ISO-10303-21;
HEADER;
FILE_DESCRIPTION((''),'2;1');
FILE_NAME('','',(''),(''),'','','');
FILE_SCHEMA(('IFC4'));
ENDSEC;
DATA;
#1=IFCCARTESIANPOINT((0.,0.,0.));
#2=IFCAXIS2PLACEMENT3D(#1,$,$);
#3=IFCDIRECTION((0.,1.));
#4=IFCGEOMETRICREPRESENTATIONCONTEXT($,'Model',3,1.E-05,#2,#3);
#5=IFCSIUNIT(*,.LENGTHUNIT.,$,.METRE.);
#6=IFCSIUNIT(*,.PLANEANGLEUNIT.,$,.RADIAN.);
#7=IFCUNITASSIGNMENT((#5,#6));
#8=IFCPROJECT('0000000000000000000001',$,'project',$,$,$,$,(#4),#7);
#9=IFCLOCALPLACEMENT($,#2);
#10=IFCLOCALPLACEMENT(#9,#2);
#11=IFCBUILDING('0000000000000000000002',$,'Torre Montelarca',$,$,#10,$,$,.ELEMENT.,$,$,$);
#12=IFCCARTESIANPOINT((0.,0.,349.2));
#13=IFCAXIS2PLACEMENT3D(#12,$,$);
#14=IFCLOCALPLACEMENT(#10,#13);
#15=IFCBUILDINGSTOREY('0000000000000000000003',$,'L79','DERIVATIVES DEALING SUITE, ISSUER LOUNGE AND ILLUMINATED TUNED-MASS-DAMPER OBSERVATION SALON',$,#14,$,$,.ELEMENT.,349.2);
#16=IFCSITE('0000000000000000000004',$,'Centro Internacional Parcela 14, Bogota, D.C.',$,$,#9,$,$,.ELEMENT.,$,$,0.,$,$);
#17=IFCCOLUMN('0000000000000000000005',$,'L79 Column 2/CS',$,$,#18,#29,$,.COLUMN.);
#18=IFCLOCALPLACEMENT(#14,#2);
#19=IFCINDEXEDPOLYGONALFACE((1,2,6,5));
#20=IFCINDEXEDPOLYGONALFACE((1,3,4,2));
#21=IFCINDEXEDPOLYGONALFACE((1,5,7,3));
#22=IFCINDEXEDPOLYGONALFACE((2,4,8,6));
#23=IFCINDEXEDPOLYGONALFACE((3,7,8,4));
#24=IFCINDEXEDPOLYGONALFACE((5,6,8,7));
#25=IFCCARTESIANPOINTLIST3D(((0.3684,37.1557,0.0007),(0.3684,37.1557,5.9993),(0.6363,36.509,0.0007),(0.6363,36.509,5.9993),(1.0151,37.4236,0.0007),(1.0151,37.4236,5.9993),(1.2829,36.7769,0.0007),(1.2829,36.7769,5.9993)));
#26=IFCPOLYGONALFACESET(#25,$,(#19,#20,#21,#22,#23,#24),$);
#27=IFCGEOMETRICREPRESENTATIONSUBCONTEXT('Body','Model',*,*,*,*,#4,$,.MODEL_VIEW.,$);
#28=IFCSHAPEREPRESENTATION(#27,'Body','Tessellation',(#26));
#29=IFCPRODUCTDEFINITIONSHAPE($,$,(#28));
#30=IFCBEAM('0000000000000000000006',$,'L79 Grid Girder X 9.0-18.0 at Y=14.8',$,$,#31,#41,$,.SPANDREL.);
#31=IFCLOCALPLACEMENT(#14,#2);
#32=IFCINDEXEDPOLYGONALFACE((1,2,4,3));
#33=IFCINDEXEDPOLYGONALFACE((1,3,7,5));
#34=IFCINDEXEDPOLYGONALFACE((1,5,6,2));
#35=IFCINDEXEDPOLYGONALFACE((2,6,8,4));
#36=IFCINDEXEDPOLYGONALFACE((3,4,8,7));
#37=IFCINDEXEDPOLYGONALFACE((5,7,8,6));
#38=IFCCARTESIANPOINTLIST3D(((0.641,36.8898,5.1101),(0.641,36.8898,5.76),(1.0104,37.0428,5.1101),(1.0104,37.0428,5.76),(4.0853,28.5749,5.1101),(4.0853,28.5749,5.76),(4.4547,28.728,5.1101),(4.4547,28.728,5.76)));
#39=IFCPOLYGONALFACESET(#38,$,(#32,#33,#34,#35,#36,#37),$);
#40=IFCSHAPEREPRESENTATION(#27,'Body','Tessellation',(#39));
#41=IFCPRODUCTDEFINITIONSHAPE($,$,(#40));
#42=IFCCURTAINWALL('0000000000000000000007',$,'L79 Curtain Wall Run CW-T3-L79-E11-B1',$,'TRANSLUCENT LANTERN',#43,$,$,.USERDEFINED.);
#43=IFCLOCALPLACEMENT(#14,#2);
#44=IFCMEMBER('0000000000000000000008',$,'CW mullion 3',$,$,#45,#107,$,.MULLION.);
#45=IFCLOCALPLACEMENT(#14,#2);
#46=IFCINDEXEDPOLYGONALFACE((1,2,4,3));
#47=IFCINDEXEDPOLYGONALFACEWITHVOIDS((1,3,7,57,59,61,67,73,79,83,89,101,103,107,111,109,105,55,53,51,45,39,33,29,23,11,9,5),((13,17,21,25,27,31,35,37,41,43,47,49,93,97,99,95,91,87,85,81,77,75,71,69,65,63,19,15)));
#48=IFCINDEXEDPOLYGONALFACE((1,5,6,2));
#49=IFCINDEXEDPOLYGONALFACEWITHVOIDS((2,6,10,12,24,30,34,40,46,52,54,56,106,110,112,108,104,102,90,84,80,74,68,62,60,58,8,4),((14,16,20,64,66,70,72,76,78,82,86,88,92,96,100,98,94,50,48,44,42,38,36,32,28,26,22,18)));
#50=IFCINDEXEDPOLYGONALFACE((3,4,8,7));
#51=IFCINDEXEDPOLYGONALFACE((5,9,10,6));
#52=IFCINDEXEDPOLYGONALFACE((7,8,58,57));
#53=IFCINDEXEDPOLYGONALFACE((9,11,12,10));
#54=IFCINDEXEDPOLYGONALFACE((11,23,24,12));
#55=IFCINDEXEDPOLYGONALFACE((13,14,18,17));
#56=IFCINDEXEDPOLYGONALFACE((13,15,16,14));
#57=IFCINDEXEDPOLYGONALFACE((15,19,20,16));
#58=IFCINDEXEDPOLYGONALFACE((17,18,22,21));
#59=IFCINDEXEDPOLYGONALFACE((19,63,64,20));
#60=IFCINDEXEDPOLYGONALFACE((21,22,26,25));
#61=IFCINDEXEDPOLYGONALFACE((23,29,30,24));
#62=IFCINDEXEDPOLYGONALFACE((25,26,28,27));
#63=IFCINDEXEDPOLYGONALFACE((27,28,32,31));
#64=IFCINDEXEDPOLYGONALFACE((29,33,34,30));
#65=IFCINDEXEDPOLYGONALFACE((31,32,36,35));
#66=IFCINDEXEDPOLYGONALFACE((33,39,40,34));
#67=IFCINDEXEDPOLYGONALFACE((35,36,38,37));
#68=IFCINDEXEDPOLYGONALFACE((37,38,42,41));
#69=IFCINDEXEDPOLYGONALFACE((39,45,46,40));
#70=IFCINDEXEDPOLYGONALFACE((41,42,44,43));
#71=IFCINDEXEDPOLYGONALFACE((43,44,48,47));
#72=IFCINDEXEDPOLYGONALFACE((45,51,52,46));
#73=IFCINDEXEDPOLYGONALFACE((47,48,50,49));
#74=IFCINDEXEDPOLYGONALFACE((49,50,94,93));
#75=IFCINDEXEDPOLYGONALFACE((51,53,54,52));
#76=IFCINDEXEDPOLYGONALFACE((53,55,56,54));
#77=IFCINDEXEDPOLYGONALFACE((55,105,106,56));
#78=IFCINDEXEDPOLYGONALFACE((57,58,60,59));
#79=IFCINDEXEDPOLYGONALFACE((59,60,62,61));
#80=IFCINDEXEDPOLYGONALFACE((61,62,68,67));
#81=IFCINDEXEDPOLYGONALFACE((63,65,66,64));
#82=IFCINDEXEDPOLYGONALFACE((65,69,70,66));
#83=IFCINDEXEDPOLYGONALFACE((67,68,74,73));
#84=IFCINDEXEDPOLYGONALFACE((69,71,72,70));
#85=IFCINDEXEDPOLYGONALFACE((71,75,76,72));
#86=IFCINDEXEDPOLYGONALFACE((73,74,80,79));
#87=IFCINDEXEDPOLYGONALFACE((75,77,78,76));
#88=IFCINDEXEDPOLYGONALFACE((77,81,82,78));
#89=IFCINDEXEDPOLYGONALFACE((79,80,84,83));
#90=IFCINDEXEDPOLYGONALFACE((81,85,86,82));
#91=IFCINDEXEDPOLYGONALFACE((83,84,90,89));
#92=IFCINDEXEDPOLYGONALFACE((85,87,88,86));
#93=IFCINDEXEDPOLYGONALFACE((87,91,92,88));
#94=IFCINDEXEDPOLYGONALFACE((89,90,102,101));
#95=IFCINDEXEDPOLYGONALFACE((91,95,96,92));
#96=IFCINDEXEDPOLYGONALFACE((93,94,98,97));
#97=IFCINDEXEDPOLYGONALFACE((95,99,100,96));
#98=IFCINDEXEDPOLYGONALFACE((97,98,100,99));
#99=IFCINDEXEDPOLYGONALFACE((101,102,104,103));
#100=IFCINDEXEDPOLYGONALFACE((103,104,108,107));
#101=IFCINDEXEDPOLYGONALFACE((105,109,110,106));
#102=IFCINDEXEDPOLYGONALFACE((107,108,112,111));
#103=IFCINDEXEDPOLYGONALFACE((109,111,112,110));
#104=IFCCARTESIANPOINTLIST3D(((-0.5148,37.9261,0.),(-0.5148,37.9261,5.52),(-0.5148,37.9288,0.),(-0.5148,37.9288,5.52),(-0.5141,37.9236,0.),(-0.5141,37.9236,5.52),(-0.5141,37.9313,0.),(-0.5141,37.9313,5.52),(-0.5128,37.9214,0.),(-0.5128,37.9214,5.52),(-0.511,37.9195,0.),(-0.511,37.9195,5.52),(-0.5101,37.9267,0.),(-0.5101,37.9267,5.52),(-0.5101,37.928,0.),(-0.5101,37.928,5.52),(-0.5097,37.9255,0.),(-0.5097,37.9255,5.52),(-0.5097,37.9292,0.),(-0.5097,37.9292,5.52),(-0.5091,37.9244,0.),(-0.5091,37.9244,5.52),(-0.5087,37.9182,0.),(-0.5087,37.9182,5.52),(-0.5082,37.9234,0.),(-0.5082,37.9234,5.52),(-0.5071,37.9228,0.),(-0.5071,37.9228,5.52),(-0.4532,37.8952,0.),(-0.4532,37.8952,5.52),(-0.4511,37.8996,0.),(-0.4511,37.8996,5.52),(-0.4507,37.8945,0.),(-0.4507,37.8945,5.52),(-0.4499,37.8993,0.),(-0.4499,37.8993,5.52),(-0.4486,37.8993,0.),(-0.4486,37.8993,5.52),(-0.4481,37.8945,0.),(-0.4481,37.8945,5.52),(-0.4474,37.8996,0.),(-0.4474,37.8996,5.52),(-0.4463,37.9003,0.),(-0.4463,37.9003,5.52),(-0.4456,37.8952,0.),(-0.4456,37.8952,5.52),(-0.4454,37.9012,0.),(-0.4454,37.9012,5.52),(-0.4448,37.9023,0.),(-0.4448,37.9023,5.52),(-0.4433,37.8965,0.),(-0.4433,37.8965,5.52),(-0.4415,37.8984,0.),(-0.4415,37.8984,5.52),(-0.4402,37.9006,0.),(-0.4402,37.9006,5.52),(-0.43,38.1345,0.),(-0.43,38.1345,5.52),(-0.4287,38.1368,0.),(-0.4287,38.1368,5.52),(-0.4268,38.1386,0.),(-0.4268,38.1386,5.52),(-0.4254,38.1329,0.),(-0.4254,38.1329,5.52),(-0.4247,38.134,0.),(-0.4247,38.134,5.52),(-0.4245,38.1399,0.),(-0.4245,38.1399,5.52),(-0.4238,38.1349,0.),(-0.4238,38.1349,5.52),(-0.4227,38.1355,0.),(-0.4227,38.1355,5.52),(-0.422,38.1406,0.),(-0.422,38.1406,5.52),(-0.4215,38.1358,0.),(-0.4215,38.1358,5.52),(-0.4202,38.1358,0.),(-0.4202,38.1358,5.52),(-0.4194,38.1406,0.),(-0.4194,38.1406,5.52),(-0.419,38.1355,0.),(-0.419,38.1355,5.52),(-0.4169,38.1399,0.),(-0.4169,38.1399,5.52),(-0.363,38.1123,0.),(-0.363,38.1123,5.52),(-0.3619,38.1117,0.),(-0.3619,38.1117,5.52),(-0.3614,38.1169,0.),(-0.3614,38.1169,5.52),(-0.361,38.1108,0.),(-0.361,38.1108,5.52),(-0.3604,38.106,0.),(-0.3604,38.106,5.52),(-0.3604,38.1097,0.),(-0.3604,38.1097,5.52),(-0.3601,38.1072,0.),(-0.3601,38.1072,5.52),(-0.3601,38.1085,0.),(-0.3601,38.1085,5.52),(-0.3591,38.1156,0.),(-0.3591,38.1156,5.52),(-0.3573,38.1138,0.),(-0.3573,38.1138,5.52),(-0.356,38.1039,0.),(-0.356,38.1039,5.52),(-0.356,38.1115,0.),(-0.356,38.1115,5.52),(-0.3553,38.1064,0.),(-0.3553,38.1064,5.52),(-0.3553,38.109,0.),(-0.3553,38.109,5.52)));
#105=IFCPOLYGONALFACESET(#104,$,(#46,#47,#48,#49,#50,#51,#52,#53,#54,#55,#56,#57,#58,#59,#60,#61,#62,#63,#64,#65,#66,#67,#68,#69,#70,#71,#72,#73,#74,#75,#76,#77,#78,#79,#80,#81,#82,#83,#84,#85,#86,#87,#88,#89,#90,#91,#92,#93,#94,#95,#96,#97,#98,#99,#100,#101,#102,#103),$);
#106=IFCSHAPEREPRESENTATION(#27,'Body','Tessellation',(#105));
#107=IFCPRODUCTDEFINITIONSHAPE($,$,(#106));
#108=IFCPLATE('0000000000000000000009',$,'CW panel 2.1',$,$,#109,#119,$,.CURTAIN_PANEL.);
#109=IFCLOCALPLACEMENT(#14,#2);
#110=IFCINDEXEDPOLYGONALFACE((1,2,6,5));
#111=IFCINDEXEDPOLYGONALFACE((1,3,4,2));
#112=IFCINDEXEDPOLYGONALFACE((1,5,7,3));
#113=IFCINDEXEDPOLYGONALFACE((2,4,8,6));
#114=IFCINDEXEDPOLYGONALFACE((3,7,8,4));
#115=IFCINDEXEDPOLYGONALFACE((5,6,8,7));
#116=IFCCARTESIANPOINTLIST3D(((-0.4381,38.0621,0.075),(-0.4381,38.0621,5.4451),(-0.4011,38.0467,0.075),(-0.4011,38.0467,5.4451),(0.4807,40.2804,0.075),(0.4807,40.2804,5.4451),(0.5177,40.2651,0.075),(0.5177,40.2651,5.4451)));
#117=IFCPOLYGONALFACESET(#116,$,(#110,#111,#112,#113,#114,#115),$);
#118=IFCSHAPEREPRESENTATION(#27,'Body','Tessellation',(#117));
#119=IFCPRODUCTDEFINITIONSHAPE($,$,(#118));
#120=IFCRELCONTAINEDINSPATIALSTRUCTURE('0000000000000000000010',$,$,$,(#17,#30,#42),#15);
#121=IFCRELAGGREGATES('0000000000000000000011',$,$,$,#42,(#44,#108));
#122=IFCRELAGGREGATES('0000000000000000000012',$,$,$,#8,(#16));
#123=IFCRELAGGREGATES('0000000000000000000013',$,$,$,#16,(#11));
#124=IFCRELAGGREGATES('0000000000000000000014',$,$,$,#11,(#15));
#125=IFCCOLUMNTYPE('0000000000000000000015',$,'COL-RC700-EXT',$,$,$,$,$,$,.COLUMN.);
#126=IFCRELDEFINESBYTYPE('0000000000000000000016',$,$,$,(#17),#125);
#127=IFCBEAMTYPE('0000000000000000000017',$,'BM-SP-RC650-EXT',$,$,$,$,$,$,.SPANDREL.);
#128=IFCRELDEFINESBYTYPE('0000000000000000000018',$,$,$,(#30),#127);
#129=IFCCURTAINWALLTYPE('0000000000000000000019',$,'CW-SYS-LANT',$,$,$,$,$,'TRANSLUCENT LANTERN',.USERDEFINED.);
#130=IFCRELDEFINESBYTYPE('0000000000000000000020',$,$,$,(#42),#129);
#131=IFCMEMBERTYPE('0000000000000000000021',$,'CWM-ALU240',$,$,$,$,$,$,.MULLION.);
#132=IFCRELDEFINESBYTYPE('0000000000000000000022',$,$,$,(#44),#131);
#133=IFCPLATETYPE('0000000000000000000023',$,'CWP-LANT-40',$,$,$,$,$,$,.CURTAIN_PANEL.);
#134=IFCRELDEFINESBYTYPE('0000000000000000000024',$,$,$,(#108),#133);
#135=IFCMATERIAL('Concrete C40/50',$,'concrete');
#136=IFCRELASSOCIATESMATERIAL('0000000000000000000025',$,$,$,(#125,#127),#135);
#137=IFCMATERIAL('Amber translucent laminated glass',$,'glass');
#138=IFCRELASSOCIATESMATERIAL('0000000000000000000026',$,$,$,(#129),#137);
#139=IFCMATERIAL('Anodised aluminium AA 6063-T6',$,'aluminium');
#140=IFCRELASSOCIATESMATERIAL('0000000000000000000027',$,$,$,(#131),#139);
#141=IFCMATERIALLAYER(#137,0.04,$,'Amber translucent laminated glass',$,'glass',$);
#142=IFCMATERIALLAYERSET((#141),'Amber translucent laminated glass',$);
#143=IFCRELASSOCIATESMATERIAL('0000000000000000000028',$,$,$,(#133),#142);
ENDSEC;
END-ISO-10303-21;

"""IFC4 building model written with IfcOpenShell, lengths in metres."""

from ifc_helpers import new_model, si_unit, direction, frame, origin, origin_2d, place, context, subcontext, project, spatial, rectangle, hollow_rectangle, extrude, source, transform, mapped, material, layer, layer_set, material_profile, profile_set, type_object, element, aggregate, save


model = new_model("IFC4")

# Units and contexts
model_context = context("Model", 3, precision=1e-05, world=origin(), true_north=direction((0.0, 1.0)))
body_context = subcontext(model_context, "Body", "Model", "MODEL_VIEW")
ifc_project = project(units=[si_unit("LENGTHUNIT", "METRE"), si_unit("PLANEANGLEUNIT", "RADIAN")], contexts=[model_context])

# Site, building, storey
site_placement = place(None, origin())
site = spatial("IfcSite", under=ifc_project, at=site_placement, Name="Centro Internacional Parcela 14, Bogota, D.C.", CompositionType="ELEMENT", RefElevation=0.0)
building_placement = place(site_placement, origin())
building = spatial("IfcBuilding", under=site, at=building_placement, Name="Torre Montelarca", CompositionType="ELEMENT")
storey_placement = place(building_placement, frame((0.0, 0.0, 349.2)))
storey = spatial("IfcBuildingStorey", under=building, at=storey_placement, Name="L79", Description="DERIVATIVES DEALING SUITE, ISSUER LOUNGE AND ILLUMINATED TUNED-MASS-DAMPER OBSERVATION SALON", CompositionType="ELEMENT", Elevation=349.2)

# Column
ifc_material_1 = material(Name="Concrete C40/50", Category="concrete")
ifc_material_profile_1 = material_profile(ifc_material_1, rectangle(XDim=0.7, YDim=0.7, at=origin_2d()), Name="RC700X700", Category="concrete")
ifc_profile_set_1 = profile_set([ifc_material_profile_1], Name="Concrete C40/50")
column_type = type_object("IfcColumnType", Name="COL-RC700-EXT", PredefinedType="COLUMN", material=ifc_profile_set_1)
shared_shape_1 = source(origin(), body_context, "Body", "SweptSolid", [
    extrude(rectangle(XDim=0.7, YDim=0.7, at=origin_2d()), origin(), (0.0, 0.0, 1.0), 5.9985),
])
column_placement = place(storey_placement, frame((0.8257, 36.9663, 0.0007), z_axis=(0.0, 0.0, 1.0), x_axis=(-0.382683, 0.92388, 0.0)))
element("IfcColumn", 1, at=column_placement, inside=storey, type_object=column_type, Name="L79 Column 2/CS", PredefinedType="COLUMN", context=body_context, shape_type="MappedRepresentation", body=[
    mapped(shared_shape_1, transform((0.0, 0.0, 0.0), scale=1.0)),
])

# Beam
ifc_material_profile_2 = material_profile(ifc_material_1, rectangle(XDim=0.3999, YDim=0.6499, at=origin_2d()), Name="RCB400X650", Category="concrete")
ifc_profile_set_2 = profile_set([ifc_material_profile_2], Name="Concrete C40/50")
beam_type = type_object("IfcBeamType", Name="BM-SP-RC650-EXT", PredefinedType="SPANDREL", material=ifc_profile_set_2)
shared_shape_2 = source(origin(), body_context, "Body", "SweptSolid", [
    extrude(rectangle(XDim=0.3999, YDim=0.6499, at=origin_2d()), origin(), (0.0, 0.0, 1.0), 9.0),
])
beam_placement = place(storey_placement, frame((0.8257, 36.9663, 5.4351), z_axis=(0.3827, -0.923873, 0.0), x_axis=(0.923873, 0.3827, 0.0)))
element("IfcBeam", 2, at=beam_placement, inside=storey, type_object=beam_type, Name="L79 Grid Girder X 9.0-18.0 at Y=14.8", PredefinedType="SPANDREL", context=body_context, shape_type="MappedRepresentation", body=[
    mapped(shared_shape_2, transform((0.0, 0.0, 0.0), scale=1.0)),
])

# Curtain wall, member, plate
ifc_material_2 = material(Name="Amber translucent laminated glass", Category="glass")
curtain_wall_type = type_object("IfcCurtainWallType", Name="CW-SYS-LANT", ElementType="TRANSLUCENT LANTERN", PredefinedType="USERDEFINED", material=ifc_material_2)
curtain_wall_placement = place(storey_placement, origin())
curtain_wall = element("IfcCurtainWall", 3, at=curtain_wall_placement, inside=storey, type_object=curtain_wall_type, Name="L79 Curtain Wall Run CW-T3-L79-E11-B1", ObjectType="TRANSLUCENT LANTERN", PredefinedType="USERDEFINED")
ifc_material_3 = material(Name="Anodised aluminium AA 6063-T6", Category="aluminium")
ifc_material_profile_3 = material_profile(ifc_material_3, hollow_rectangle(XDim=0.0801, YDim=0.24, WallThickness=0.0049, InnerFilletRadius=0.0049, OuterFilletRadius=0.01, at=origin_2d()), Name="ALU80X240X5", Category="aluminium")
ifc_profile_set_3 = profile_set([ifc_material_profile_3], Name="Anodised aluminium AA 6063-T6")
member_type = type_object("IfcMemberType", Name="CWM-ALU240", PredefinedType="MULLION", material=ifc_profile_set_3)
shared_shape_3 = source(origin(), body_context, "Body", "SweptSolid", [
    extrude(hollow_rectangle(XDim=0.0801, YDim=0.24, WallThickness=0.0049, InnerFilletRadius=0.0049, OuterFilletRadius=0.01, at=origin_2d()), origin(), (0.0, 0.0, 1.0), 5.52),
])
member_placement = place(storey_placement, frame((-0.4351, 38.0176, 0.0), z_axis=(0.0, 0.0, 1.0), x_axis=(0.923885, -0.382671, 0.0)))
member = element("IfcMember", 4, at=member_placement, type_object=member_type, Name="CW mullion 3", PredefinedType="MULLION", context=body_context, shape_type="MappedRepresentation", body=[
    mapped(shared_shape_3, transform((0.0, 0.0, 0.0), scale=1.0)),
])
ifc_layer_1 = layer(ifc_material_2, 0.04, Name="Amber translucent laminated glass", Category="glass")
ifc_layer_set_1 = layer_set([ifc_layer_1], Name="Amber translucent laminated glass")
plate_type = type_object("IfcPlateType", Name="CWP-LANT-40", PredefinedType="CURTAIN_PANEL", material=ifc_layer_set_1)
shared_shape_4 = source(origin(), body_context, "Body", "SweptSolid", [
    extrude(rectangle(XDim=2.4011, YDim=0.04, at=origin_2d()), origin(), (0.0, 0.0, 1.0), 5.3701),
])
plate_placement = place(storey_placement, frame((0.0398, 39.1636, 0.075), z_axis=(0.0, 0.0, 1.0), x_axis=(-0.382671, -0.923885, 0.0)))
plate = element("IfcPlate", 5, at=plate_placement, type_object=plate_type, Name="CW panel 2.1", PredefinedType="CURTAIN_PANEL", context=body_context, shape_type="MappedRepresentation", body=[
    mapped(shared_shape_4, transform((0.0, 0.0, 0.0), scale=1.0)),
])
aggregate(curtain_wall, [member, plate])

save(model, "model.ifc")
